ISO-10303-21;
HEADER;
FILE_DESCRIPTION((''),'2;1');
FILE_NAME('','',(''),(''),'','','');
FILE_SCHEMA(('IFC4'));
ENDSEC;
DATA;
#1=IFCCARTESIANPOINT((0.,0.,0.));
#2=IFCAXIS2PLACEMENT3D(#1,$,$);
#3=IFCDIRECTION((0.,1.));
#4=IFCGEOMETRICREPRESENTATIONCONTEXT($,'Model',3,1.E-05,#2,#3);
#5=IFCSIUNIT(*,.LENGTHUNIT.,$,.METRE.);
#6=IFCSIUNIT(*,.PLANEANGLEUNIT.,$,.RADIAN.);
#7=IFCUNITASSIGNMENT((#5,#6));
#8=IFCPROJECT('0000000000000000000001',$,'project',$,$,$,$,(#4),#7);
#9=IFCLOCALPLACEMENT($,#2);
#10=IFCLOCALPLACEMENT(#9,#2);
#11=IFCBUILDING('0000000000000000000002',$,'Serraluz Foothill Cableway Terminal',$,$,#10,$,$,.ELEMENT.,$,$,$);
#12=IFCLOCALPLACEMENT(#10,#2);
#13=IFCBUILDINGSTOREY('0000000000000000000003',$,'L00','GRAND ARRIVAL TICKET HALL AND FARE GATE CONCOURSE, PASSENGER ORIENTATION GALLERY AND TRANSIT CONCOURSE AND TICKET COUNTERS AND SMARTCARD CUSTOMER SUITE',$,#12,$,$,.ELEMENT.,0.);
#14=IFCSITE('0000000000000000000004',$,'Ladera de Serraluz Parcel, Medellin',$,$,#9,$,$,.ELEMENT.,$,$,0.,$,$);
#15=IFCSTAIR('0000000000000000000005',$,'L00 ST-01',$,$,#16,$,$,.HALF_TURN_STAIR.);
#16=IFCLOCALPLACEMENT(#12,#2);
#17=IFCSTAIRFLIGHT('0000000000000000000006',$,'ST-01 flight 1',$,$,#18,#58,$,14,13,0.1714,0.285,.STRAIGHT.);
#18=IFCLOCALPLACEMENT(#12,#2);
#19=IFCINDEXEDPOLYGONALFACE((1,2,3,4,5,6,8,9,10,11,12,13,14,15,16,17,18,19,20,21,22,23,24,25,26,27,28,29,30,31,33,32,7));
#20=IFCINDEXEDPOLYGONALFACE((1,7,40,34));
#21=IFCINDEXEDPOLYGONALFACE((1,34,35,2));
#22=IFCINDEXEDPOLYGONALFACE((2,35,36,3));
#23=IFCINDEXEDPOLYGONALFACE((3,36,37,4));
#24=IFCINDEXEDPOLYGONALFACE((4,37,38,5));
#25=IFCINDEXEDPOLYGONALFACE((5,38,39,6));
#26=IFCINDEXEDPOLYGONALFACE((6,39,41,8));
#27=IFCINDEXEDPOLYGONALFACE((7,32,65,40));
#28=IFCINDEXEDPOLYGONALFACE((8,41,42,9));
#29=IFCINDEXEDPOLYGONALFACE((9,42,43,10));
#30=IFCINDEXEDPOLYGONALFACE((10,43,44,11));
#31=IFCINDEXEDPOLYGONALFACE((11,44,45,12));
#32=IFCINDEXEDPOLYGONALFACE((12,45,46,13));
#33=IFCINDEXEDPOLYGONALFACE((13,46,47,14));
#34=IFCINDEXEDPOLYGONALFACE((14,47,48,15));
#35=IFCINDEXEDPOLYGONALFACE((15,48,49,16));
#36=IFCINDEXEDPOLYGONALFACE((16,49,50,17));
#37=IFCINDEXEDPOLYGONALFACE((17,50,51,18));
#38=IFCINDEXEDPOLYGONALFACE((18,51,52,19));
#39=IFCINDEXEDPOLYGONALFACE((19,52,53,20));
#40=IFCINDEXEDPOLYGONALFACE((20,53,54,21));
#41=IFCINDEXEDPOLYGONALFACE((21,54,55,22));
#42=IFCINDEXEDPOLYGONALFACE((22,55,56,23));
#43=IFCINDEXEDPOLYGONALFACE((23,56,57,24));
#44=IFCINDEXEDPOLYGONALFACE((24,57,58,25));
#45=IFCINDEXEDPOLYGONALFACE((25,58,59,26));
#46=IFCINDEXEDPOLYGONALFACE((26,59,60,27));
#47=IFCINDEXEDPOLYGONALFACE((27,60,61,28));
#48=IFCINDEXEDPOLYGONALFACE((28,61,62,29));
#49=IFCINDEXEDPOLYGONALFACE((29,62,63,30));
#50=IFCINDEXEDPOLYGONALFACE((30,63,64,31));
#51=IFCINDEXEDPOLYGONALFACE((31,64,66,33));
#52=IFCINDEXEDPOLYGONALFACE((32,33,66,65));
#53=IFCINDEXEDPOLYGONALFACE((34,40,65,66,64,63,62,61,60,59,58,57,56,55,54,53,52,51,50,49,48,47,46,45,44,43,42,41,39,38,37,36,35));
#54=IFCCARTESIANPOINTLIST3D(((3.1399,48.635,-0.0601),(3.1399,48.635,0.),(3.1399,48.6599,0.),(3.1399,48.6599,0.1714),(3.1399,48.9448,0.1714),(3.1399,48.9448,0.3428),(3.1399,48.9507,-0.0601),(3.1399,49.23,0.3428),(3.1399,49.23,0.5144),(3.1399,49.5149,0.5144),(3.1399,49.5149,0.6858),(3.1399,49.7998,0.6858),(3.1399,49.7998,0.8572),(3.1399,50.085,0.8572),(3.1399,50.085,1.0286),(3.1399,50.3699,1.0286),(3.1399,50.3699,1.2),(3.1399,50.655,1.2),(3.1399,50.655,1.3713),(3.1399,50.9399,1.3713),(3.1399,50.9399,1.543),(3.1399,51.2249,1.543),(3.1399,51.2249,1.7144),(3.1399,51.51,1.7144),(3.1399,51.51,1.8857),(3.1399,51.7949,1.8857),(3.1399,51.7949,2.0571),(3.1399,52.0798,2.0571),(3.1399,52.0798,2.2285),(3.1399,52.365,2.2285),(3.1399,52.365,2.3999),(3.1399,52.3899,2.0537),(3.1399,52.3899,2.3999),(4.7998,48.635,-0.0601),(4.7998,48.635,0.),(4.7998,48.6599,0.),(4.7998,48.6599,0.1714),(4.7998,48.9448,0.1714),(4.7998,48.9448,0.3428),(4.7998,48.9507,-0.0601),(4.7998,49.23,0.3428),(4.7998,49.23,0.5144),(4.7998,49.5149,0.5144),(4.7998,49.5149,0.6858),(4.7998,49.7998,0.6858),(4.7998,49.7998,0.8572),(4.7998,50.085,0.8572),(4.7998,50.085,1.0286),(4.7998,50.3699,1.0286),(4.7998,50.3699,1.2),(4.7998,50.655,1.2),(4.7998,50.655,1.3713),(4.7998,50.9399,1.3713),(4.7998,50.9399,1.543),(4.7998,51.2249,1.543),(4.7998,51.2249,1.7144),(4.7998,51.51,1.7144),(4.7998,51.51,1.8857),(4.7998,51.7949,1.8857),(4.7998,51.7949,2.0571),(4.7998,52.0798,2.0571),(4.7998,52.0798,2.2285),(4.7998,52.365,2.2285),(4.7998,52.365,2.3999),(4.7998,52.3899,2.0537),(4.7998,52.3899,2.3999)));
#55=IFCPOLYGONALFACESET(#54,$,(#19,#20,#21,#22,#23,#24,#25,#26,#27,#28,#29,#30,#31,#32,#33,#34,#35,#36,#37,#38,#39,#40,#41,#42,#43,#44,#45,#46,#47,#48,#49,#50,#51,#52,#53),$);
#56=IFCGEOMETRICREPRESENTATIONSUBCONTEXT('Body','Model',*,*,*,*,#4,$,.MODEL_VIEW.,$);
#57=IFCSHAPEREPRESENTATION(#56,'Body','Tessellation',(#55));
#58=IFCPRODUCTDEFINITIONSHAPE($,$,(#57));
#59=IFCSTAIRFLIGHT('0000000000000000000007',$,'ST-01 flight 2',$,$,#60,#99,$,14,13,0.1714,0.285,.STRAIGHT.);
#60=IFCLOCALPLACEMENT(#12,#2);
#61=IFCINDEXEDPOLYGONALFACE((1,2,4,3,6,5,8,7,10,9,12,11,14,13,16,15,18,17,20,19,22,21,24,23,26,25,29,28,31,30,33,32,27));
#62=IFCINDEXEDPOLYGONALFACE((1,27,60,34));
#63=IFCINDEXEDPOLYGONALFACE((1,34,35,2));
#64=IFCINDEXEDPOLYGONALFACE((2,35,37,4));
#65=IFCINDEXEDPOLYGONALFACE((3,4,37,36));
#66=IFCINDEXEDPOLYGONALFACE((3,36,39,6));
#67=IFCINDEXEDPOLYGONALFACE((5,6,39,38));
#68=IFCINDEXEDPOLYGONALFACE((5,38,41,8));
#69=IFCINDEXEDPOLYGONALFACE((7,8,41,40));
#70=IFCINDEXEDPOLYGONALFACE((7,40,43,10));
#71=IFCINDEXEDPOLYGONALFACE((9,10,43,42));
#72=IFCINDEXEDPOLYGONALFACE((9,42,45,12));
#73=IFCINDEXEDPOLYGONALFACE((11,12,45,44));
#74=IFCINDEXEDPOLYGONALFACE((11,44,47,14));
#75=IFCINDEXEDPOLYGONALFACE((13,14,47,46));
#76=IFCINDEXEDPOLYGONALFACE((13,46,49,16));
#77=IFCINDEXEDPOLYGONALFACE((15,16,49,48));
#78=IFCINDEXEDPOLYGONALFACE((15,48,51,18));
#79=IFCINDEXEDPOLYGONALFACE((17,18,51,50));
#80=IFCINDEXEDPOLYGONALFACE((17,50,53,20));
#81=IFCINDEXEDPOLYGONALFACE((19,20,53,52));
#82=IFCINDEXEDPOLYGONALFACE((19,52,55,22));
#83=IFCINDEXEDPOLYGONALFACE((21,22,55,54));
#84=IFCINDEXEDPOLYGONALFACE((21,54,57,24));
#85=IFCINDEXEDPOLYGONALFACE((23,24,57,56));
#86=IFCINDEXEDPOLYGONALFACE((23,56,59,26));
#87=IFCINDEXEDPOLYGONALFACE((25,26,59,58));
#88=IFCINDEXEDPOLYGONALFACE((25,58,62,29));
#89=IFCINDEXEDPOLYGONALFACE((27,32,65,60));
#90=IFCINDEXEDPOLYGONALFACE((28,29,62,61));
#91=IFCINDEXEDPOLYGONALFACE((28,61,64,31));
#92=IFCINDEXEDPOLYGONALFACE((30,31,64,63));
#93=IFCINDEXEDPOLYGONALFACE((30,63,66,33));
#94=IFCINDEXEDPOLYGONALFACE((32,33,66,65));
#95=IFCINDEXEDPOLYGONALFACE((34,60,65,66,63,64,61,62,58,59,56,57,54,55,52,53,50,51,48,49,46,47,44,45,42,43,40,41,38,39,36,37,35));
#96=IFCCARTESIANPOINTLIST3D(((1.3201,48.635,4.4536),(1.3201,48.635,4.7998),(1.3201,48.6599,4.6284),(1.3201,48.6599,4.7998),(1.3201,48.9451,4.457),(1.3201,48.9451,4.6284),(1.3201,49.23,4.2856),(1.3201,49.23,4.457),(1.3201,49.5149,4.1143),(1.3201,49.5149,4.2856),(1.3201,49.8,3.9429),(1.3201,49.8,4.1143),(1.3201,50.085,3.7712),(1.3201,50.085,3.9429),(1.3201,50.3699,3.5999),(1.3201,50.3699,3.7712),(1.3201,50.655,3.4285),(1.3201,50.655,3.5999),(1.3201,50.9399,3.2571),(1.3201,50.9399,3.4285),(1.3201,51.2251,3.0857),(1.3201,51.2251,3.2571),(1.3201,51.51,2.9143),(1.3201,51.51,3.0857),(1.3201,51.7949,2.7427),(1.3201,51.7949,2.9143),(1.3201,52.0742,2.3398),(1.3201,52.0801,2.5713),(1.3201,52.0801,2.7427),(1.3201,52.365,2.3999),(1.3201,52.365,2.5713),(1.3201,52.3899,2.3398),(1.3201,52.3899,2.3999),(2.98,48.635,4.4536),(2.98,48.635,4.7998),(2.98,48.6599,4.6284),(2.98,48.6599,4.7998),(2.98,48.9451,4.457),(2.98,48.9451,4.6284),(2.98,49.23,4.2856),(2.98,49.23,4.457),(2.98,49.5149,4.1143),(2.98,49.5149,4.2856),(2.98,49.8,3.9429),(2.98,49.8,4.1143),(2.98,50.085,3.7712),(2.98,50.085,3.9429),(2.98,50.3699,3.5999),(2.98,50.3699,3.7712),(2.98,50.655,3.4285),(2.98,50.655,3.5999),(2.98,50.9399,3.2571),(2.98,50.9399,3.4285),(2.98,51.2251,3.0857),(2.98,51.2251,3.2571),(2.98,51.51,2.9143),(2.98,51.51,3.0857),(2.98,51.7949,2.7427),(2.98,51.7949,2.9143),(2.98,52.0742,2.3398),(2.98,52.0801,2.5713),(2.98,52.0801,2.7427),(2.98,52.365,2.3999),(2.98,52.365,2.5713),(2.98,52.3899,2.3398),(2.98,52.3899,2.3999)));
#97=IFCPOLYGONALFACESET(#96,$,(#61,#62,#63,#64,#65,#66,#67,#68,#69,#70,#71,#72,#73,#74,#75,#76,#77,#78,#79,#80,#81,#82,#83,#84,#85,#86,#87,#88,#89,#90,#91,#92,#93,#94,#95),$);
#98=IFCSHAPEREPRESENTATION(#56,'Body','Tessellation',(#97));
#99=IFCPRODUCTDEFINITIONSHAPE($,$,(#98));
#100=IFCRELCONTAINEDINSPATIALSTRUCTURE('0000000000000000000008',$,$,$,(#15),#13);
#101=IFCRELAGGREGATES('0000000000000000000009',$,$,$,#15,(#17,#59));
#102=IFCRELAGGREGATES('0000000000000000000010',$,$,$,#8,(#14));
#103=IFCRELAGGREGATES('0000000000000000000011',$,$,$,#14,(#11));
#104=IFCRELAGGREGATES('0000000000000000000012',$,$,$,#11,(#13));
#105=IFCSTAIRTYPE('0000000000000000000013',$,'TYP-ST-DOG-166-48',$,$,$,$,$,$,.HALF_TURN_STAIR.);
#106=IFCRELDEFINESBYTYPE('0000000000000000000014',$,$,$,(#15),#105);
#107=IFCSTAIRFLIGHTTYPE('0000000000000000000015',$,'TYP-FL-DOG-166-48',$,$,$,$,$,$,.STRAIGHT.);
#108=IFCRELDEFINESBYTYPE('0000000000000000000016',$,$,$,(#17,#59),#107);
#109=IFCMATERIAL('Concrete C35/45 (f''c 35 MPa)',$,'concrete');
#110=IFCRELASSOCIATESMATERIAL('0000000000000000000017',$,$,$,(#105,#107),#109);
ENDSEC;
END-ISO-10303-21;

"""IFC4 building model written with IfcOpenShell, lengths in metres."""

from ifc_helpers import new_model, si_unit, direction, frame, origin, place, context, subcontext, project, spatial, polyline, outline, extrude, material, type_object, element, aggregate, save


model = new_model("IFC4")

# Units and contexts
model_context = context("Model", 3, precision=1e-05, world=origin(), true_north=direction((0.0, 1.0)))
body_context = subcontext(model_context, "Body", "Model", "MODEL_VIEW")
ifc_project = project(units=[si_unit("LENGTHUNIT", "METRE"), si_unit("PLANEANGLEUNIT", "RADIAN")], contexts=[model_context])

# Site, building, storey
site_placement = place(None, origin())
site = spatial("IfcSite", under=ifc_project, at=site_placement, Name="Ladera de Serraluz Parcel, Medellin", CompositionType="ELEMENT", RefElevation=0.0)
building_placement = place(site_placement, origin())
building = spatial("IfcBuilding", under=site, at=building_placement, Name="Serraluz Foothill Cableway Terminal", CompositionType="ELEMENT")
storey_placement = place(building_placement, origin())
storey = spatial("IfcBuildingStorey", under=building, at=storey_placement, Name="L00", Description="GRAND ARRIVAL TICKET HALL AND FARE GATE CONCOURSE, PASSENGER ORIENTATION GALLERY AND TRANSIT CONCOURSE AND TICKET COUNTERS AND SMARTCARD CUSTOMER SUITE", CompositionType="ELEMENT", Elevation=0.0)

# Shared definitions
ifc_material_1 = material(Name="Concrete C35/45 (f'c 35 MPa)", Category="concrete")

# Stair, stair flights
stair_type = type_object("IfcStairType", Name="TYP-ST-DOG-166-48", PredefinedType="HALF_TURN_STAIR", material=ifc_material_1)
stair_placement = place(storey_placement, origin())
stair = element("IfcStair", 1, at=stair_placement, inside=storey, type_object=stair_type, Name="L00 ST-01", PredefinedType="HALF_TURN_STAIR")
stair_flight_type = type_object("IfcStairFlightType", Name="TYP-FL-DOG-166-48", PredefinedType="STRAIGHT", material=ifc_material_1)
stair_flight_1_placement = place(storey_placement, frame((3.97, 48.6599, 0.0), z_axis=(0.0, 0.0, 1.0), x_axis=(0.0, 1.0, 0.0)))
stair_flight_1 = element("IfcStairFlight", 2, at=stair_flight_1_placement, type_object=stair_flight_type, Name="ST-01 flight 1", NumberOfRisers=14, NumberOfTreads=13, PredefinedType="STRAIGHT", RiserHeight=0.1714, TreadLength=0.285, context=body_context, shape_type="SweptSolid", body=[
    extrude(outline(polyline([(-0.0249, -0.0601), (-0.0249, 0.0), (0.0, 0.0), (0.0, 0.1714), (0.2849, 0.1714), (0.2849, 0.3428), (0.5701, 0.3428), (0.5701, 0.5144), (0.855, 0.5144), (0.855, 0.6858), (1.1399, 0.6858), (1.1399, 0.8572), (1.425, 0.8572), (1.425, 1.0286), (1.71, 1.0286), (1.71, 1.2), (1.9951, 1.2), (1.9951, 1.3713), (2.28, 1.3713), (2.28, 1.543), (2.5649, 1.543), (2.5649, 1.7144), (2.8501, 1.7144), (2.8501, 1.8857), (3.135, 1.8857), (3.135, 2.0571), (3.4199, 2.0571), (3.4199, 2.2285), (3.7051, 2.2285), (3.7051, 2.3999), (3.73, 2.3999), (3.73, 2.0537), (0.2908, -0.0601), (-0.0249, -0.0601)])), frame((0.0, 0.8301, 0.0), z_axis=(0.0, -1.0, 0.0), x_axis=(1.0, 0.0, 0.0)), (0.0, 0.0, 1.0), 1.6599),
])
stair_flight_2_placement = place(storey_placement, frame((2.1499, 52.365, 2.3999), z_axis=(0.0, 0.0, 1.0), x_axis=(0.0, -1.0, 0.0)))
stair_flight_2 = element("IfcStairFlight", 3, at=stair_flight_2_placement, type_object=stair_flight_type, Name="ST-01 flight 2", NumberOfRisers=14, NumberOfTreads=13, PredefinedType="STRAIGHT", RiserHeight=0.1714, TreadLength=0.285, context=body_context, shape_type="SweptSolid", body=[
    extrude(outline(polyline([(-0.0249, -0.0601), (-0.0249, 0.0), (0.0, 0.0), (0.0, 0.1714), (0.2849, 0.1714), (0.2849, 0.3428), (0.5701, 0.3428), (0.5701, 0.5144), (0.855, 0.5144), (0.855, 0.6858), (1.1399, 0.6858), (1.1399, 0.8572), (1.425, 0.8572), (1.425, 1.0286), (1.71, 1.0286), (1.71, 1.2), (1.9951, 1.2), (1.9951, 1.3713), (2.28, 1.3713), (2.28, 1.543), (2.5649, 1.543), (2.5649, 1.7144), (2.8501, 1.7144), (2.8501, 1.8857), (3.135, 1.8857), (3.135, 2.0571), (3.4199, 2.0571), (3.4199, 2.2285), (3.7051, 2.2285), (3.7051, 2.3999), (3.73, 2.3999), (3.73, 2.0537), (0.2908, -0.0601), (-0.0249, -0.0601)])), frame((0.0, 0.8301, 0.0), z_axis=(0.0, -1.0, 0.0), x_axis=(1.0, 0.0, 0.0)), (0.0, 0.0, 1.0), 1.6599),
])
aggregate(stair, [stair_flight_1, stair_flight_2])

save(model, "model.ifc")
